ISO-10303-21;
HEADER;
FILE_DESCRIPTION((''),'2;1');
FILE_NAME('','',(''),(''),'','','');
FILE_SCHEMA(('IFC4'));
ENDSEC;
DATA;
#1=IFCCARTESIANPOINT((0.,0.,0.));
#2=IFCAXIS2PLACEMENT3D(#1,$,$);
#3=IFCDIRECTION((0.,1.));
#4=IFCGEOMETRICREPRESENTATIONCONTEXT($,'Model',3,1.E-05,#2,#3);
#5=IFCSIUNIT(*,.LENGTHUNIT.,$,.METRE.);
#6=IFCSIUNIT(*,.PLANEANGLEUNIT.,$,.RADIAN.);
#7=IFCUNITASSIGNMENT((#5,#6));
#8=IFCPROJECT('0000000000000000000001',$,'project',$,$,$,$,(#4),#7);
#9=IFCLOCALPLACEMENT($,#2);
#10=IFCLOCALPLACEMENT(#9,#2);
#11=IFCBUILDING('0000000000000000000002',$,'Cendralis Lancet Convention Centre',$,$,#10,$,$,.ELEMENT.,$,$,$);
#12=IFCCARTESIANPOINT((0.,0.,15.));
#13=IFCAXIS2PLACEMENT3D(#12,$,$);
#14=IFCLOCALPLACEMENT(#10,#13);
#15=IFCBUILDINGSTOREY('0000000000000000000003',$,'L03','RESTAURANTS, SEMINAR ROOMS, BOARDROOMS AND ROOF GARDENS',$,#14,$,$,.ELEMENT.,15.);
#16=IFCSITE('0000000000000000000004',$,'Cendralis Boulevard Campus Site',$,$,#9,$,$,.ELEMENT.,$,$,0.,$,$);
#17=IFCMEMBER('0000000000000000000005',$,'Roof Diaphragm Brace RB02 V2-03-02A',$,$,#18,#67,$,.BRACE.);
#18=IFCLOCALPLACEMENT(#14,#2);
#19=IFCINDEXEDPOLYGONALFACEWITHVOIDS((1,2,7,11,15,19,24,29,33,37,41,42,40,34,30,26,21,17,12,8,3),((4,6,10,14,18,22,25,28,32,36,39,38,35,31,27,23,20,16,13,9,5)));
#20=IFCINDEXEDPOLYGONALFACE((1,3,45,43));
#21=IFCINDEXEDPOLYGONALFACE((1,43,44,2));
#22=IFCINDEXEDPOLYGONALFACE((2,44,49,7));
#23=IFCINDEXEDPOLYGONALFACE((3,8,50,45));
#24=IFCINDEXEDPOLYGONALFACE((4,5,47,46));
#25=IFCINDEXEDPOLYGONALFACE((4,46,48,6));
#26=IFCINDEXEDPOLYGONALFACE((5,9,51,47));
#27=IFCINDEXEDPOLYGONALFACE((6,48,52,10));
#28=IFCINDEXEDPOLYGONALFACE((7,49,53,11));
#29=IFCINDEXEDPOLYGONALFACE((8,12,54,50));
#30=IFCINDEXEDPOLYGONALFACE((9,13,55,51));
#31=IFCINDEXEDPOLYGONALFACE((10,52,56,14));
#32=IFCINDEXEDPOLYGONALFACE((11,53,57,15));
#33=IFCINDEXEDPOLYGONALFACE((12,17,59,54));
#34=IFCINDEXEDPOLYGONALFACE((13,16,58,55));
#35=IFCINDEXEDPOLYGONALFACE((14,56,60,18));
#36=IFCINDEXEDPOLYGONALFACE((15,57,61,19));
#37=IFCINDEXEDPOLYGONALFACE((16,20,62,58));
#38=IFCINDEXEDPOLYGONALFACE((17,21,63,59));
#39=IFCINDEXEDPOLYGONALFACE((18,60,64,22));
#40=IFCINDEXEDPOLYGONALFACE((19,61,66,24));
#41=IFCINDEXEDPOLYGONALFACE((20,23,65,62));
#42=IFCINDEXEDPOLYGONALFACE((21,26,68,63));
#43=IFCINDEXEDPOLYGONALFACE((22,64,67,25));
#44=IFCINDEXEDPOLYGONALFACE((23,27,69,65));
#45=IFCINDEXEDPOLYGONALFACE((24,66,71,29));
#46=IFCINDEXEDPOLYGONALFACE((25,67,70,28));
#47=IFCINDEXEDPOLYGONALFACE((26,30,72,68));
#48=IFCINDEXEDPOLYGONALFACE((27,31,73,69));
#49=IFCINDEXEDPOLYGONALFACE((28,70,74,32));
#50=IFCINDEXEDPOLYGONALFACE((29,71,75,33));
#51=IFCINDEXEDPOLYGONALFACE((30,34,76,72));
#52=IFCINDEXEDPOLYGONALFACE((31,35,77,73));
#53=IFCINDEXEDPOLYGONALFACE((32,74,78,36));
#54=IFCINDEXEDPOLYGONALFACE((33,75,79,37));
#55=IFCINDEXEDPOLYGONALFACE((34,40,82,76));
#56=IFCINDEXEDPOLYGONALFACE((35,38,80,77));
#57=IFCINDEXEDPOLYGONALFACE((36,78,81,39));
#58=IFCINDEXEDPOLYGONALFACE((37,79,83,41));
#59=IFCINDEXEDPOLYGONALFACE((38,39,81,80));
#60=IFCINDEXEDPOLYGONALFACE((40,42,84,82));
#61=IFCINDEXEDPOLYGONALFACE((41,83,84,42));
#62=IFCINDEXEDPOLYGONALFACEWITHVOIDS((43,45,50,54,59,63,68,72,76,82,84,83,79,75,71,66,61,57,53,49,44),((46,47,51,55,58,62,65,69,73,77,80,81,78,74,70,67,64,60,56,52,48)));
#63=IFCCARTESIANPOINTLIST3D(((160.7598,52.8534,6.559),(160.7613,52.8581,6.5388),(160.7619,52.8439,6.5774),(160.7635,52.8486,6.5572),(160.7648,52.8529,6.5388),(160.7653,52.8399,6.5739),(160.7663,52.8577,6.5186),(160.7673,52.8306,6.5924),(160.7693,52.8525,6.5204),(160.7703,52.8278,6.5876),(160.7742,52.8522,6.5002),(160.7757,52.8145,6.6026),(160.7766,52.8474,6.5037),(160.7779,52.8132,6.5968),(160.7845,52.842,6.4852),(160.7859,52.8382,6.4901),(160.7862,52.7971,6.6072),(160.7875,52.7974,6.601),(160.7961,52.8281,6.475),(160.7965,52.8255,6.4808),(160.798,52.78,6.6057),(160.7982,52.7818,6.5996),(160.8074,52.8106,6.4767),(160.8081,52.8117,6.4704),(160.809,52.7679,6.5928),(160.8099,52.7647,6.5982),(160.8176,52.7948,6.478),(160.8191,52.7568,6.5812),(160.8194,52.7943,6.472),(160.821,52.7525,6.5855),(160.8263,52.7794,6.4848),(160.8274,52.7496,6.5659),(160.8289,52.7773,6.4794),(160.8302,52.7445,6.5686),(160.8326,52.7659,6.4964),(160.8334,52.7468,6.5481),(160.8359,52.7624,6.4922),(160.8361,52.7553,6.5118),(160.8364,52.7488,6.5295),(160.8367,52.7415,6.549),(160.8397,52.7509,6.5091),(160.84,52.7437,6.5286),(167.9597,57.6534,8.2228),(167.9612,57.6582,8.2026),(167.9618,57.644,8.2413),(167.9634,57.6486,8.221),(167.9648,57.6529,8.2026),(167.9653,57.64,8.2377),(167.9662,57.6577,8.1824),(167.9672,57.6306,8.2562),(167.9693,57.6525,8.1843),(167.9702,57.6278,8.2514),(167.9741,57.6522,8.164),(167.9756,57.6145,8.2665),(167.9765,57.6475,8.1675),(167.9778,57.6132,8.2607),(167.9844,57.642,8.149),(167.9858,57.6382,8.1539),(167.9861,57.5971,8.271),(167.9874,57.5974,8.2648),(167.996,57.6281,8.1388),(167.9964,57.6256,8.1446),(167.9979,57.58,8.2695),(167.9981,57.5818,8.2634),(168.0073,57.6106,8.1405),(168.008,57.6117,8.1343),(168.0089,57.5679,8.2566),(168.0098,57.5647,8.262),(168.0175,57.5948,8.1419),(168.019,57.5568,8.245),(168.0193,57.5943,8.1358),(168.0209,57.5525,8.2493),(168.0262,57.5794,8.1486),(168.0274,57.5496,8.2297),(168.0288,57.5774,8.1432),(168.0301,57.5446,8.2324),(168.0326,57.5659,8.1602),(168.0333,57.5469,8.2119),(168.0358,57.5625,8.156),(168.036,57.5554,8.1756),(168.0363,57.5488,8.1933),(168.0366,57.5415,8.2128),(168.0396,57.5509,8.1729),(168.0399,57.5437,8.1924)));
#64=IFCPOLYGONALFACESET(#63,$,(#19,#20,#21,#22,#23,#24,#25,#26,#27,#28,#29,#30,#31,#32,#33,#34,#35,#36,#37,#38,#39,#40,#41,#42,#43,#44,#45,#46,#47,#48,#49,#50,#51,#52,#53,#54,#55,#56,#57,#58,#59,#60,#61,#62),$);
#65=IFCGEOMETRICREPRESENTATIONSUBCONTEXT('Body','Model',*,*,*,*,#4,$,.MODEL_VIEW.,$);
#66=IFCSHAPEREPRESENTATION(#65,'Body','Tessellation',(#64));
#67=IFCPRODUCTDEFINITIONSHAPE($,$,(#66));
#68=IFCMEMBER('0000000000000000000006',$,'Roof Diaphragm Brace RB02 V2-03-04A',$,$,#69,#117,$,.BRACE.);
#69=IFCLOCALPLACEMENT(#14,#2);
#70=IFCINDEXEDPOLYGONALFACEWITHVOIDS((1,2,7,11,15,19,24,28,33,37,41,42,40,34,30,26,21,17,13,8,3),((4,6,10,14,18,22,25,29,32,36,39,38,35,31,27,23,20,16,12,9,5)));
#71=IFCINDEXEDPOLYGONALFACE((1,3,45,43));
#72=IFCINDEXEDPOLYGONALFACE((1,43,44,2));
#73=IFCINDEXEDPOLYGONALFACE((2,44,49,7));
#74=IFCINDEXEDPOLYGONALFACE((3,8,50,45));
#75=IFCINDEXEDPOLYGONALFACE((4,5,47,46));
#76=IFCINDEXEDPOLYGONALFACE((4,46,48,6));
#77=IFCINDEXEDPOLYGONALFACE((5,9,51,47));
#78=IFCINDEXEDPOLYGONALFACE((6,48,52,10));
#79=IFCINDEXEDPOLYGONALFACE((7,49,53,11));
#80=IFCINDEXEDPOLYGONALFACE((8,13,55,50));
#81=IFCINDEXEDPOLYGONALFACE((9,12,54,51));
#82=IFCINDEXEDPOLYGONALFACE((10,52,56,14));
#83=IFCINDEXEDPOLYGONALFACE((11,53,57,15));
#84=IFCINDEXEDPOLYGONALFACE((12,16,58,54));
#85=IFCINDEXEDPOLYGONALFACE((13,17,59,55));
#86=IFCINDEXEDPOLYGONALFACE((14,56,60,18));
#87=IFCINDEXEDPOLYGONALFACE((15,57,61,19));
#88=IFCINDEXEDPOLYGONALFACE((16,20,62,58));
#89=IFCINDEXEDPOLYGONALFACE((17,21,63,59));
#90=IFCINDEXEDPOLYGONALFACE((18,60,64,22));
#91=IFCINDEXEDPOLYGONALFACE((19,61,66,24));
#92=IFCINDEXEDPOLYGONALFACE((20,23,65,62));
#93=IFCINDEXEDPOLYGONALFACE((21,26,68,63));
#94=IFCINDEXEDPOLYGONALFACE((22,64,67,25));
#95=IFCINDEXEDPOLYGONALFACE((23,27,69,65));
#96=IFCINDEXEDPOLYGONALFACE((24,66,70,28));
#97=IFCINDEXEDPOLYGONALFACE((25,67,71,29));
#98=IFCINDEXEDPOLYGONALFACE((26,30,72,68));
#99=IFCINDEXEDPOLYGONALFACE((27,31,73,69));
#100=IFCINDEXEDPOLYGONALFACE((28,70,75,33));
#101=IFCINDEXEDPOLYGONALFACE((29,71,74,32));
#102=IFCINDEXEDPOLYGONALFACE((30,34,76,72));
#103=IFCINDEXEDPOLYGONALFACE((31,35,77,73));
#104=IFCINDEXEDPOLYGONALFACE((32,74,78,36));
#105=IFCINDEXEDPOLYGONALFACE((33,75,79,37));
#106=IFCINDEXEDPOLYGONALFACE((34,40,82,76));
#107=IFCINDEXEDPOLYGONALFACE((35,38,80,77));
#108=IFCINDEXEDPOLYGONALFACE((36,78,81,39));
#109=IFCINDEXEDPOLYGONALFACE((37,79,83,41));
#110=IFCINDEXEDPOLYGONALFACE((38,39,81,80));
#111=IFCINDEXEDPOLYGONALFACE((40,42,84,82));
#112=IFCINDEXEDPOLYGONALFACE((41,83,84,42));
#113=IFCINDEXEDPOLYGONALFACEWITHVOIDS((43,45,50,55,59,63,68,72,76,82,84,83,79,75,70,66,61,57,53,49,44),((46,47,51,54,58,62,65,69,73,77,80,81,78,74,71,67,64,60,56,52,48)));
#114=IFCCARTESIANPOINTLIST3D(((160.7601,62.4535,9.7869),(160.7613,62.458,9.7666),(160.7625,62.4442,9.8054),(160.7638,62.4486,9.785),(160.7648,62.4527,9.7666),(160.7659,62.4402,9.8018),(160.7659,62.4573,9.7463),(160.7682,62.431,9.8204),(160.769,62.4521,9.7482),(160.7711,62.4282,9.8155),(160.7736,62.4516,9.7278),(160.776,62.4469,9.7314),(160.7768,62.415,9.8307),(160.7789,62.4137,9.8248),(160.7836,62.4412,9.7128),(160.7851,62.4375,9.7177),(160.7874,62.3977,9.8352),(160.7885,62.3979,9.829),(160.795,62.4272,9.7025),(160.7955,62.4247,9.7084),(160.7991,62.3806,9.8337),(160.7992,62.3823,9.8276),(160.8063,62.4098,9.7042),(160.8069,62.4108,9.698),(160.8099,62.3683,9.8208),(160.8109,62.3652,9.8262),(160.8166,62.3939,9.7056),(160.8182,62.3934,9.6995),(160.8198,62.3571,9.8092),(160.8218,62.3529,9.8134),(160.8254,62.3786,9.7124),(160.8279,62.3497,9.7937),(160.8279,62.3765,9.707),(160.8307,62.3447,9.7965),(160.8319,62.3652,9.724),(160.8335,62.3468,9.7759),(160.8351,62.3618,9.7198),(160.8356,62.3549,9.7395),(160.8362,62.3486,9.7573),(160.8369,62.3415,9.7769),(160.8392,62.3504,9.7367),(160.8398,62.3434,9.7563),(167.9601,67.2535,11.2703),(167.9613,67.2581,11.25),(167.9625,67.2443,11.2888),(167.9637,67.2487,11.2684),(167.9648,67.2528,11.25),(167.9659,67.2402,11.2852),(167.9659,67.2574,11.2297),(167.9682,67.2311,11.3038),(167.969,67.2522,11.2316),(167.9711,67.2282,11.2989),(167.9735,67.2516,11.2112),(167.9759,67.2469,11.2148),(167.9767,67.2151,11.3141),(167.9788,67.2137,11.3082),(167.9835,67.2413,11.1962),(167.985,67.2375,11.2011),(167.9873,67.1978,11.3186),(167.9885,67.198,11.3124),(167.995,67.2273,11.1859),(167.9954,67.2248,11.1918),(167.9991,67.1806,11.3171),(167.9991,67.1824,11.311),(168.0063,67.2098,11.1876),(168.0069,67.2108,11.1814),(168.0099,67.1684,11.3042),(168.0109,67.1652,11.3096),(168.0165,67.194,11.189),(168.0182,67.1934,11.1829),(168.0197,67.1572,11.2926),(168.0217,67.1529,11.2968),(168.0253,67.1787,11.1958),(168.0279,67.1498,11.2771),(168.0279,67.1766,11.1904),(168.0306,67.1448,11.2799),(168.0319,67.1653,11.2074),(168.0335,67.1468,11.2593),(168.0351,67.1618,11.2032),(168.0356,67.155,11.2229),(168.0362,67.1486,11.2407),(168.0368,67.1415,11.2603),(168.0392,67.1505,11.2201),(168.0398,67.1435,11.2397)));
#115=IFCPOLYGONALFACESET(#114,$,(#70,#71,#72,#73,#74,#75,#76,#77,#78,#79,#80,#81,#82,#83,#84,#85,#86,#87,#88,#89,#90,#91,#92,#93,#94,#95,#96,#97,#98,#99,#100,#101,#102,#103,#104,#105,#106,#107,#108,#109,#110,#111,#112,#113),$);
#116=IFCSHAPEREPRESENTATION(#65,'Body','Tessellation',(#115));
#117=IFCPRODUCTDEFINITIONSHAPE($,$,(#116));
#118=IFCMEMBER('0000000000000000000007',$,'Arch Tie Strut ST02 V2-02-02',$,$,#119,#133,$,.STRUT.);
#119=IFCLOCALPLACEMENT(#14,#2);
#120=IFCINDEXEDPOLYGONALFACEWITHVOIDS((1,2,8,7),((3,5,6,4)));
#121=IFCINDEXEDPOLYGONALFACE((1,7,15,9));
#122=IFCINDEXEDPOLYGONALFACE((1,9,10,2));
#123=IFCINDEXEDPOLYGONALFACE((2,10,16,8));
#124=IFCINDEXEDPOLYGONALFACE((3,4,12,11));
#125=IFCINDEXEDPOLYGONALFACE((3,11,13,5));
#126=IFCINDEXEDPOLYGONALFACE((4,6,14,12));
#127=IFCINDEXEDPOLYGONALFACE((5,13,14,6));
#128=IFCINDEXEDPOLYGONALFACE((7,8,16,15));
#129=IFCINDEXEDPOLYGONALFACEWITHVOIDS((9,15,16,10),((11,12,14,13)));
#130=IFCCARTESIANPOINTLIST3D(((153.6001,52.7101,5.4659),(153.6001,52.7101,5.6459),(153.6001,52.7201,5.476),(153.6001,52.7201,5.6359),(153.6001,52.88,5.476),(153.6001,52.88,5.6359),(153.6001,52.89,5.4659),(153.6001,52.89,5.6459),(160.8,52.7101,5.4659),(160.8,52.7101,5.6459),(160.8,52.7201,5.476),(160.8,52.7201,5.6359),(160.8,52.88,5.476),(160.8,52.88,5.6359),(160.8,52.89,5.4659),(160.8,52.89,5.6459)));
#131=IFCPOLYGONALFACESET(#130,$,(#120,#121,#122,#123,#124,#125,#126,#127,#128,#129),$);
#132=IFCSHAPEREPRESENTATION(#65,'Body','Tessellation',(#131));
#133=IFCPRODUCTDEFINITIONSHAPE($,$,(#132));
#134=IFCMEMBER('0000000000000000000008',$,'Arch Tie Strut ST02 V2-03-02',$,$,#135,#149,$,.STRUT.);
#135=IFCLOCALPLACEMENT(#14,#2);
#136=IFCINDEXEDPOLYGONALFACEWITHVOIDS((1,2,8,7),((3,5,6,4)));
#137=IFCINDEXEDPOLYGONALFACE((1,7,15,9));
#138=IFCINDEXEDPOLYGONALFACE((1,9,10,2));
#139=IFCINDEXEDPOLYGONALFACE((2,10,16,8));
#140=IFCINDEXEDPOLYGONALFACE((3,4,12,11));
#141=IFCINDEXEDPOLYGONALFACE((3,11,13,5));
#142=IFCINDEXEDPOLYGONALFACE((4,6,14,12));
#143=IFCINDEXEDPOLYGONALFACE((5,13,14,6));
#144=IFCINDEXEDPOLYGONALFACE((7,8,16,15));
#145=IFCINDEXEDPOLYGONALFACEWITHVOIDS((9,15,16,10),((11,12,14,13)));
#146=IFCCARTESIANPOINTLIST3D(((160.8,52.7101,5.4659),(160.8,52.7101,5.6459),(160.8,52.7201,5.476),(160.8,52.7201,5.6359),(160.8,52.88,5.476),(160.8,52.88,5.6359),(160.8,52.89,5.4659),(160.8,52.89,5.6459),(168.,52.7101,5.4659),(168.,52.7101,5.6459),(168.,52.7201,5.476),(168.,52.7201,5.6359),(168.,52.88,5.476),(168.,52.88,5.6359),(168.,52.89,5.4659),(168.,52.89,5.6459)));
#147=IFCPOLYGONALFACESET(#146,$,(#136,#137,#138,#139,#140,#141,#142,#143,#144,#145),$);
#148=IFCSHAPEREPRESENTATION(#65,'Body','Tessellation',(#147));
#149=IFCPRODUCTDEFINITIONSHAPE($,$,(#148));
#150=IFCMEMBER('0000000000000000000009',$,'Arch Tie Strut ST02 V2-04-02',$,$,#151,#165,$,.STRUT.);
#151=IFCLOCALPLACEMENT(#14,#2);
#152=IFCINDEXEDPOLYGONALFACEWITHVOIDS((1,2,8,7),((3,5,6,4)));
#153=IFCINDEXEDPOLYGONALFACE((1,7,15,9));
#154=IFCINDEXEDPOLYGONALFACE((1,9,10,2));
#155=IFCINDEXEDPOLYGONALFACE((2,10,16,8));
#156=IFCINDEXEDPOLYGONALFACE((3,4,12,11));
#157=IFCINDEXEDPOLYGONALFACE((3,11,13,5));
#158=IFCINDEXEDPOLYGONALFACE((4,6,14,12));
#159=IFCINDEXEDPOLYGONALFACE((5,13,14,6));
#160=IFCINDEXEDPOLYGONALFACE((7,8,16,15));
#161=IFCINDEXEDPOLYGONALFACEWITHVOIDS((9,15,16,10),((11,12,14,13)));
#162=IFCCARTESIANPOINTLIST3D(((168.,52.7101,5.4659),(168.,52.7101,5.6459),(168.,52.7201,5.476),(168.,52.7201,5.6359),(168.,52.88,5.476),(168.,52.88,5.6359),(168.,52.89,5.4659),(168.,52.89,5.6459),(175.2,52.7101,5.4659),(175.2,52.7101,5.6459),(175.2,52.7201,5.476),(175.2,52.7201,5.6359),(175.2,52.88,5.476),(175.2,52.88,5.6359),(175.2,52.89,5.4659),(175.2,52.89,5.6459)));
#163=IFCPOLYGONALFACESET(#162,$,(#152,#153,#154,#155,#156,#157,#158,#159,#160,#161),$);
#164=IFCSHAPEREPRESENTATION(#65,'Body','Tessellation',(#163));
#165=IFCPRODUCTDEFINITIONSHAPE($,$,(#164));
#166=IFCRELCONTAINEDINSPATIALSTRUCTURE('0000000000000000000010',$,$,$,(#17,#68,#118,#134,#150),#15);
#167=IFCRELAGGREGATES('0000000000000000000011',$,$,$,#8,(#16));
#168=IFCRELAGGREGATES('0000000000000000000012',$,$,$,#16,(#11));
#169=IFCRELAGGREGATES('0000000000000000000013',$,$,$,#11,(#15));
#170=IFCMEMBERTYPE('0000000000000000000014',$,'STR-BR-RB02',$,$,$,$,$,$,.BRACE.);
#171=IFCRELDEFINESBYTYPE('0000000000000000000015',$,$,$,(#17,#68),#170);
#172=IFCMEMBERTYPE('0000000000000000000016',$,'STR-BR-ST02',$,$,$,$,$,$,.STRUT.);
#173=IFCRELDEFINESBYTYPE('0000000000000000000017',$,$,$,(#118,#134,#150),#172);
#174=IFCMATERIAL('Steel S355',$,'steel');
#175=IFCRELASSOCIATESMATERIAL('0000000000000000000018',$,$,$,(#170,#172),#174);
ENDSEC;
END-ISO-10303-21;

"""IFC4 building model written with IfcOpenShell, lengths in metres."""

from ifc_helpers import new_model, si_unit, direction, frame, origin, origin_2d, place, context, subcontext, project, spatial, hollow_rectangle, hollow_circle, extrude, material, material_profile, profile_set, type_object, element, save


model = new_model("IFC4")

# Units and contexts
model_context = context("Model", 3, precision=1e-05, world=origin(), true_north=direction((0.0, 1.0)))
body_context = subcontext(model_context, "Body", "Model", "MODEL_VIEW")
ifc_project = project(units=[si_unit("LENGTHUNIT", "METRE"), si_unit("PLANEANGLEUNIT", "RADIAN")], contexts=[model_context])

# Site, building, storey
site_placement = place(None, origin())
site = spatial("IfcSite", under=ifc_project, at=site_placement, Name="Cendralis Boulevard Campus Site", CompositionType="ELEMENT", RefElevation=0.0)
building_placement = place(site_placement, origin())
building = spatial("IfcBuilding", under=site, at=building_placement, Name="Cendralis Lancet Convention Centre", CompositionType="ELEMENT")
storey_placement = place(building_placement, frame((0.0, 0.0, 15.0)))
storey = spatial("IfcBuildingStorey", under=building, at=storey_placement, Name="L03", Description="RESTAURANTS, SEMINAR ROOMS, BOARDROOMS AND ROOF GARDENS", CompositionType="ELEMENT", Elevation=15.0)

# Members
ifc_material = material(Name="Steel S355", Category="steel")
ifc_material_profile_1 = material_profile(ifc_material, hollow_circle(Radius=0.0698, WallThickness=0.0063, at=origin_2d()), Name="CHS 139.7x6.3")
ifc_profile_set_1 = profile_set([ifc_material_profile_1], Name="Steel S355")
member_type_1 = type_object("IfcMemberType", Name="STR-BR-RB02", PredefinedType="BRACE", material=ifc_profile_set_1)
member_1_placement = place(storey_placement, frame((160.8, 52.8, 6.5388), z_axis=(0.817079, 0.544729, 0.188817), x_axis=(-0.554707, 0.832046, 0.0)))
element("IfcMember", 1, at=member_1_placement, inside=storey, type_object=member_type_1, Name="Roof Diaphragm Brace RB02 V2-03-02A", PredefinedType="BRACE", context=body_context, shape_type="SweptSolid", body=[
    extrude(hollow_circle(Radius=0.0698, WallThickness=0.0063, at=origin_2d()), origin(), (0.0, 0.0, 1.0), 8.8118),
])
member_2_placement = place(storey_placement, frame((160.8, 62.3999, 9.7666), z_axis=(0.820083, 0.546732, 0.168961), x_axis=(-0.554707, 0.832046, 0.0)))
element("IfcMember", 2, at=member_2_placement, inside=storey, type_object=member_type_1, Name="Roof Diaphragm Brace RB02 V2-03-04A", PredefinedType="BRACE", context=body_context, shape_type="SweptSolid", body=[
    extrude(hollow_circle(Radius=0.0698, WallThickness=0.0063, at=origin_2d()), origin(), (0.0, 0.0, 1.0), 8.7795),
])
ifc_material_profile_2 = material_profile(ifc_material, hollow_rectangle(XDim=0.1799, YDim=0.1799, WallThickness=0.01, at=origin_2d()), Name="SHS 180x180x10.0")
ifc_profile_set_2 = profile_set([ifc_material_profile_2], Name="Steel S355")
member_type_2 = type_object("IfcMemberType", Name="STR-BR-ST02", PredefinedType="STRUT", material=ifc_profile_set_2)
for number, where, z_axis, x_axis, name in (
    (3, (153.6001, 52.8, 5.5559), (1.0, 0.0, 0.0), (0.0, 1.0, 0.0), "Arch Tie Strut ST02 V2-02-02"),
    (4, (160.8, 52.8, 5.5559), (1.0, 0.0, 0.0), (0.0, 1.0, 0.0), "Arch Tie Strut ST02 V2-03-02"),
    (5, (168.0, 52.8, 5.5559), (1.0, 0.0, 0.0), (0.0, 1.0, 0.0), "Arch Tie Strut ST02 V2-04-02"),
):
    element("IfcMember", number, at=place(storey_placement, frame(where, z_axis=z_axis, x_axis=x_axis)), inside=storey, type_object=member_type_2, Name=name, PredefinedType="STRUT", context=body_context, shape_type="SweptSolid", body=[
        extrude(hollow_rectangle(XDim=0.1799, YDim=0.1799, WallThickness=0.01, at=origin_2d()), origin(), (0.0, 0.0, 1.0), 7.2),
    ])

save(model, "model.ifc")
